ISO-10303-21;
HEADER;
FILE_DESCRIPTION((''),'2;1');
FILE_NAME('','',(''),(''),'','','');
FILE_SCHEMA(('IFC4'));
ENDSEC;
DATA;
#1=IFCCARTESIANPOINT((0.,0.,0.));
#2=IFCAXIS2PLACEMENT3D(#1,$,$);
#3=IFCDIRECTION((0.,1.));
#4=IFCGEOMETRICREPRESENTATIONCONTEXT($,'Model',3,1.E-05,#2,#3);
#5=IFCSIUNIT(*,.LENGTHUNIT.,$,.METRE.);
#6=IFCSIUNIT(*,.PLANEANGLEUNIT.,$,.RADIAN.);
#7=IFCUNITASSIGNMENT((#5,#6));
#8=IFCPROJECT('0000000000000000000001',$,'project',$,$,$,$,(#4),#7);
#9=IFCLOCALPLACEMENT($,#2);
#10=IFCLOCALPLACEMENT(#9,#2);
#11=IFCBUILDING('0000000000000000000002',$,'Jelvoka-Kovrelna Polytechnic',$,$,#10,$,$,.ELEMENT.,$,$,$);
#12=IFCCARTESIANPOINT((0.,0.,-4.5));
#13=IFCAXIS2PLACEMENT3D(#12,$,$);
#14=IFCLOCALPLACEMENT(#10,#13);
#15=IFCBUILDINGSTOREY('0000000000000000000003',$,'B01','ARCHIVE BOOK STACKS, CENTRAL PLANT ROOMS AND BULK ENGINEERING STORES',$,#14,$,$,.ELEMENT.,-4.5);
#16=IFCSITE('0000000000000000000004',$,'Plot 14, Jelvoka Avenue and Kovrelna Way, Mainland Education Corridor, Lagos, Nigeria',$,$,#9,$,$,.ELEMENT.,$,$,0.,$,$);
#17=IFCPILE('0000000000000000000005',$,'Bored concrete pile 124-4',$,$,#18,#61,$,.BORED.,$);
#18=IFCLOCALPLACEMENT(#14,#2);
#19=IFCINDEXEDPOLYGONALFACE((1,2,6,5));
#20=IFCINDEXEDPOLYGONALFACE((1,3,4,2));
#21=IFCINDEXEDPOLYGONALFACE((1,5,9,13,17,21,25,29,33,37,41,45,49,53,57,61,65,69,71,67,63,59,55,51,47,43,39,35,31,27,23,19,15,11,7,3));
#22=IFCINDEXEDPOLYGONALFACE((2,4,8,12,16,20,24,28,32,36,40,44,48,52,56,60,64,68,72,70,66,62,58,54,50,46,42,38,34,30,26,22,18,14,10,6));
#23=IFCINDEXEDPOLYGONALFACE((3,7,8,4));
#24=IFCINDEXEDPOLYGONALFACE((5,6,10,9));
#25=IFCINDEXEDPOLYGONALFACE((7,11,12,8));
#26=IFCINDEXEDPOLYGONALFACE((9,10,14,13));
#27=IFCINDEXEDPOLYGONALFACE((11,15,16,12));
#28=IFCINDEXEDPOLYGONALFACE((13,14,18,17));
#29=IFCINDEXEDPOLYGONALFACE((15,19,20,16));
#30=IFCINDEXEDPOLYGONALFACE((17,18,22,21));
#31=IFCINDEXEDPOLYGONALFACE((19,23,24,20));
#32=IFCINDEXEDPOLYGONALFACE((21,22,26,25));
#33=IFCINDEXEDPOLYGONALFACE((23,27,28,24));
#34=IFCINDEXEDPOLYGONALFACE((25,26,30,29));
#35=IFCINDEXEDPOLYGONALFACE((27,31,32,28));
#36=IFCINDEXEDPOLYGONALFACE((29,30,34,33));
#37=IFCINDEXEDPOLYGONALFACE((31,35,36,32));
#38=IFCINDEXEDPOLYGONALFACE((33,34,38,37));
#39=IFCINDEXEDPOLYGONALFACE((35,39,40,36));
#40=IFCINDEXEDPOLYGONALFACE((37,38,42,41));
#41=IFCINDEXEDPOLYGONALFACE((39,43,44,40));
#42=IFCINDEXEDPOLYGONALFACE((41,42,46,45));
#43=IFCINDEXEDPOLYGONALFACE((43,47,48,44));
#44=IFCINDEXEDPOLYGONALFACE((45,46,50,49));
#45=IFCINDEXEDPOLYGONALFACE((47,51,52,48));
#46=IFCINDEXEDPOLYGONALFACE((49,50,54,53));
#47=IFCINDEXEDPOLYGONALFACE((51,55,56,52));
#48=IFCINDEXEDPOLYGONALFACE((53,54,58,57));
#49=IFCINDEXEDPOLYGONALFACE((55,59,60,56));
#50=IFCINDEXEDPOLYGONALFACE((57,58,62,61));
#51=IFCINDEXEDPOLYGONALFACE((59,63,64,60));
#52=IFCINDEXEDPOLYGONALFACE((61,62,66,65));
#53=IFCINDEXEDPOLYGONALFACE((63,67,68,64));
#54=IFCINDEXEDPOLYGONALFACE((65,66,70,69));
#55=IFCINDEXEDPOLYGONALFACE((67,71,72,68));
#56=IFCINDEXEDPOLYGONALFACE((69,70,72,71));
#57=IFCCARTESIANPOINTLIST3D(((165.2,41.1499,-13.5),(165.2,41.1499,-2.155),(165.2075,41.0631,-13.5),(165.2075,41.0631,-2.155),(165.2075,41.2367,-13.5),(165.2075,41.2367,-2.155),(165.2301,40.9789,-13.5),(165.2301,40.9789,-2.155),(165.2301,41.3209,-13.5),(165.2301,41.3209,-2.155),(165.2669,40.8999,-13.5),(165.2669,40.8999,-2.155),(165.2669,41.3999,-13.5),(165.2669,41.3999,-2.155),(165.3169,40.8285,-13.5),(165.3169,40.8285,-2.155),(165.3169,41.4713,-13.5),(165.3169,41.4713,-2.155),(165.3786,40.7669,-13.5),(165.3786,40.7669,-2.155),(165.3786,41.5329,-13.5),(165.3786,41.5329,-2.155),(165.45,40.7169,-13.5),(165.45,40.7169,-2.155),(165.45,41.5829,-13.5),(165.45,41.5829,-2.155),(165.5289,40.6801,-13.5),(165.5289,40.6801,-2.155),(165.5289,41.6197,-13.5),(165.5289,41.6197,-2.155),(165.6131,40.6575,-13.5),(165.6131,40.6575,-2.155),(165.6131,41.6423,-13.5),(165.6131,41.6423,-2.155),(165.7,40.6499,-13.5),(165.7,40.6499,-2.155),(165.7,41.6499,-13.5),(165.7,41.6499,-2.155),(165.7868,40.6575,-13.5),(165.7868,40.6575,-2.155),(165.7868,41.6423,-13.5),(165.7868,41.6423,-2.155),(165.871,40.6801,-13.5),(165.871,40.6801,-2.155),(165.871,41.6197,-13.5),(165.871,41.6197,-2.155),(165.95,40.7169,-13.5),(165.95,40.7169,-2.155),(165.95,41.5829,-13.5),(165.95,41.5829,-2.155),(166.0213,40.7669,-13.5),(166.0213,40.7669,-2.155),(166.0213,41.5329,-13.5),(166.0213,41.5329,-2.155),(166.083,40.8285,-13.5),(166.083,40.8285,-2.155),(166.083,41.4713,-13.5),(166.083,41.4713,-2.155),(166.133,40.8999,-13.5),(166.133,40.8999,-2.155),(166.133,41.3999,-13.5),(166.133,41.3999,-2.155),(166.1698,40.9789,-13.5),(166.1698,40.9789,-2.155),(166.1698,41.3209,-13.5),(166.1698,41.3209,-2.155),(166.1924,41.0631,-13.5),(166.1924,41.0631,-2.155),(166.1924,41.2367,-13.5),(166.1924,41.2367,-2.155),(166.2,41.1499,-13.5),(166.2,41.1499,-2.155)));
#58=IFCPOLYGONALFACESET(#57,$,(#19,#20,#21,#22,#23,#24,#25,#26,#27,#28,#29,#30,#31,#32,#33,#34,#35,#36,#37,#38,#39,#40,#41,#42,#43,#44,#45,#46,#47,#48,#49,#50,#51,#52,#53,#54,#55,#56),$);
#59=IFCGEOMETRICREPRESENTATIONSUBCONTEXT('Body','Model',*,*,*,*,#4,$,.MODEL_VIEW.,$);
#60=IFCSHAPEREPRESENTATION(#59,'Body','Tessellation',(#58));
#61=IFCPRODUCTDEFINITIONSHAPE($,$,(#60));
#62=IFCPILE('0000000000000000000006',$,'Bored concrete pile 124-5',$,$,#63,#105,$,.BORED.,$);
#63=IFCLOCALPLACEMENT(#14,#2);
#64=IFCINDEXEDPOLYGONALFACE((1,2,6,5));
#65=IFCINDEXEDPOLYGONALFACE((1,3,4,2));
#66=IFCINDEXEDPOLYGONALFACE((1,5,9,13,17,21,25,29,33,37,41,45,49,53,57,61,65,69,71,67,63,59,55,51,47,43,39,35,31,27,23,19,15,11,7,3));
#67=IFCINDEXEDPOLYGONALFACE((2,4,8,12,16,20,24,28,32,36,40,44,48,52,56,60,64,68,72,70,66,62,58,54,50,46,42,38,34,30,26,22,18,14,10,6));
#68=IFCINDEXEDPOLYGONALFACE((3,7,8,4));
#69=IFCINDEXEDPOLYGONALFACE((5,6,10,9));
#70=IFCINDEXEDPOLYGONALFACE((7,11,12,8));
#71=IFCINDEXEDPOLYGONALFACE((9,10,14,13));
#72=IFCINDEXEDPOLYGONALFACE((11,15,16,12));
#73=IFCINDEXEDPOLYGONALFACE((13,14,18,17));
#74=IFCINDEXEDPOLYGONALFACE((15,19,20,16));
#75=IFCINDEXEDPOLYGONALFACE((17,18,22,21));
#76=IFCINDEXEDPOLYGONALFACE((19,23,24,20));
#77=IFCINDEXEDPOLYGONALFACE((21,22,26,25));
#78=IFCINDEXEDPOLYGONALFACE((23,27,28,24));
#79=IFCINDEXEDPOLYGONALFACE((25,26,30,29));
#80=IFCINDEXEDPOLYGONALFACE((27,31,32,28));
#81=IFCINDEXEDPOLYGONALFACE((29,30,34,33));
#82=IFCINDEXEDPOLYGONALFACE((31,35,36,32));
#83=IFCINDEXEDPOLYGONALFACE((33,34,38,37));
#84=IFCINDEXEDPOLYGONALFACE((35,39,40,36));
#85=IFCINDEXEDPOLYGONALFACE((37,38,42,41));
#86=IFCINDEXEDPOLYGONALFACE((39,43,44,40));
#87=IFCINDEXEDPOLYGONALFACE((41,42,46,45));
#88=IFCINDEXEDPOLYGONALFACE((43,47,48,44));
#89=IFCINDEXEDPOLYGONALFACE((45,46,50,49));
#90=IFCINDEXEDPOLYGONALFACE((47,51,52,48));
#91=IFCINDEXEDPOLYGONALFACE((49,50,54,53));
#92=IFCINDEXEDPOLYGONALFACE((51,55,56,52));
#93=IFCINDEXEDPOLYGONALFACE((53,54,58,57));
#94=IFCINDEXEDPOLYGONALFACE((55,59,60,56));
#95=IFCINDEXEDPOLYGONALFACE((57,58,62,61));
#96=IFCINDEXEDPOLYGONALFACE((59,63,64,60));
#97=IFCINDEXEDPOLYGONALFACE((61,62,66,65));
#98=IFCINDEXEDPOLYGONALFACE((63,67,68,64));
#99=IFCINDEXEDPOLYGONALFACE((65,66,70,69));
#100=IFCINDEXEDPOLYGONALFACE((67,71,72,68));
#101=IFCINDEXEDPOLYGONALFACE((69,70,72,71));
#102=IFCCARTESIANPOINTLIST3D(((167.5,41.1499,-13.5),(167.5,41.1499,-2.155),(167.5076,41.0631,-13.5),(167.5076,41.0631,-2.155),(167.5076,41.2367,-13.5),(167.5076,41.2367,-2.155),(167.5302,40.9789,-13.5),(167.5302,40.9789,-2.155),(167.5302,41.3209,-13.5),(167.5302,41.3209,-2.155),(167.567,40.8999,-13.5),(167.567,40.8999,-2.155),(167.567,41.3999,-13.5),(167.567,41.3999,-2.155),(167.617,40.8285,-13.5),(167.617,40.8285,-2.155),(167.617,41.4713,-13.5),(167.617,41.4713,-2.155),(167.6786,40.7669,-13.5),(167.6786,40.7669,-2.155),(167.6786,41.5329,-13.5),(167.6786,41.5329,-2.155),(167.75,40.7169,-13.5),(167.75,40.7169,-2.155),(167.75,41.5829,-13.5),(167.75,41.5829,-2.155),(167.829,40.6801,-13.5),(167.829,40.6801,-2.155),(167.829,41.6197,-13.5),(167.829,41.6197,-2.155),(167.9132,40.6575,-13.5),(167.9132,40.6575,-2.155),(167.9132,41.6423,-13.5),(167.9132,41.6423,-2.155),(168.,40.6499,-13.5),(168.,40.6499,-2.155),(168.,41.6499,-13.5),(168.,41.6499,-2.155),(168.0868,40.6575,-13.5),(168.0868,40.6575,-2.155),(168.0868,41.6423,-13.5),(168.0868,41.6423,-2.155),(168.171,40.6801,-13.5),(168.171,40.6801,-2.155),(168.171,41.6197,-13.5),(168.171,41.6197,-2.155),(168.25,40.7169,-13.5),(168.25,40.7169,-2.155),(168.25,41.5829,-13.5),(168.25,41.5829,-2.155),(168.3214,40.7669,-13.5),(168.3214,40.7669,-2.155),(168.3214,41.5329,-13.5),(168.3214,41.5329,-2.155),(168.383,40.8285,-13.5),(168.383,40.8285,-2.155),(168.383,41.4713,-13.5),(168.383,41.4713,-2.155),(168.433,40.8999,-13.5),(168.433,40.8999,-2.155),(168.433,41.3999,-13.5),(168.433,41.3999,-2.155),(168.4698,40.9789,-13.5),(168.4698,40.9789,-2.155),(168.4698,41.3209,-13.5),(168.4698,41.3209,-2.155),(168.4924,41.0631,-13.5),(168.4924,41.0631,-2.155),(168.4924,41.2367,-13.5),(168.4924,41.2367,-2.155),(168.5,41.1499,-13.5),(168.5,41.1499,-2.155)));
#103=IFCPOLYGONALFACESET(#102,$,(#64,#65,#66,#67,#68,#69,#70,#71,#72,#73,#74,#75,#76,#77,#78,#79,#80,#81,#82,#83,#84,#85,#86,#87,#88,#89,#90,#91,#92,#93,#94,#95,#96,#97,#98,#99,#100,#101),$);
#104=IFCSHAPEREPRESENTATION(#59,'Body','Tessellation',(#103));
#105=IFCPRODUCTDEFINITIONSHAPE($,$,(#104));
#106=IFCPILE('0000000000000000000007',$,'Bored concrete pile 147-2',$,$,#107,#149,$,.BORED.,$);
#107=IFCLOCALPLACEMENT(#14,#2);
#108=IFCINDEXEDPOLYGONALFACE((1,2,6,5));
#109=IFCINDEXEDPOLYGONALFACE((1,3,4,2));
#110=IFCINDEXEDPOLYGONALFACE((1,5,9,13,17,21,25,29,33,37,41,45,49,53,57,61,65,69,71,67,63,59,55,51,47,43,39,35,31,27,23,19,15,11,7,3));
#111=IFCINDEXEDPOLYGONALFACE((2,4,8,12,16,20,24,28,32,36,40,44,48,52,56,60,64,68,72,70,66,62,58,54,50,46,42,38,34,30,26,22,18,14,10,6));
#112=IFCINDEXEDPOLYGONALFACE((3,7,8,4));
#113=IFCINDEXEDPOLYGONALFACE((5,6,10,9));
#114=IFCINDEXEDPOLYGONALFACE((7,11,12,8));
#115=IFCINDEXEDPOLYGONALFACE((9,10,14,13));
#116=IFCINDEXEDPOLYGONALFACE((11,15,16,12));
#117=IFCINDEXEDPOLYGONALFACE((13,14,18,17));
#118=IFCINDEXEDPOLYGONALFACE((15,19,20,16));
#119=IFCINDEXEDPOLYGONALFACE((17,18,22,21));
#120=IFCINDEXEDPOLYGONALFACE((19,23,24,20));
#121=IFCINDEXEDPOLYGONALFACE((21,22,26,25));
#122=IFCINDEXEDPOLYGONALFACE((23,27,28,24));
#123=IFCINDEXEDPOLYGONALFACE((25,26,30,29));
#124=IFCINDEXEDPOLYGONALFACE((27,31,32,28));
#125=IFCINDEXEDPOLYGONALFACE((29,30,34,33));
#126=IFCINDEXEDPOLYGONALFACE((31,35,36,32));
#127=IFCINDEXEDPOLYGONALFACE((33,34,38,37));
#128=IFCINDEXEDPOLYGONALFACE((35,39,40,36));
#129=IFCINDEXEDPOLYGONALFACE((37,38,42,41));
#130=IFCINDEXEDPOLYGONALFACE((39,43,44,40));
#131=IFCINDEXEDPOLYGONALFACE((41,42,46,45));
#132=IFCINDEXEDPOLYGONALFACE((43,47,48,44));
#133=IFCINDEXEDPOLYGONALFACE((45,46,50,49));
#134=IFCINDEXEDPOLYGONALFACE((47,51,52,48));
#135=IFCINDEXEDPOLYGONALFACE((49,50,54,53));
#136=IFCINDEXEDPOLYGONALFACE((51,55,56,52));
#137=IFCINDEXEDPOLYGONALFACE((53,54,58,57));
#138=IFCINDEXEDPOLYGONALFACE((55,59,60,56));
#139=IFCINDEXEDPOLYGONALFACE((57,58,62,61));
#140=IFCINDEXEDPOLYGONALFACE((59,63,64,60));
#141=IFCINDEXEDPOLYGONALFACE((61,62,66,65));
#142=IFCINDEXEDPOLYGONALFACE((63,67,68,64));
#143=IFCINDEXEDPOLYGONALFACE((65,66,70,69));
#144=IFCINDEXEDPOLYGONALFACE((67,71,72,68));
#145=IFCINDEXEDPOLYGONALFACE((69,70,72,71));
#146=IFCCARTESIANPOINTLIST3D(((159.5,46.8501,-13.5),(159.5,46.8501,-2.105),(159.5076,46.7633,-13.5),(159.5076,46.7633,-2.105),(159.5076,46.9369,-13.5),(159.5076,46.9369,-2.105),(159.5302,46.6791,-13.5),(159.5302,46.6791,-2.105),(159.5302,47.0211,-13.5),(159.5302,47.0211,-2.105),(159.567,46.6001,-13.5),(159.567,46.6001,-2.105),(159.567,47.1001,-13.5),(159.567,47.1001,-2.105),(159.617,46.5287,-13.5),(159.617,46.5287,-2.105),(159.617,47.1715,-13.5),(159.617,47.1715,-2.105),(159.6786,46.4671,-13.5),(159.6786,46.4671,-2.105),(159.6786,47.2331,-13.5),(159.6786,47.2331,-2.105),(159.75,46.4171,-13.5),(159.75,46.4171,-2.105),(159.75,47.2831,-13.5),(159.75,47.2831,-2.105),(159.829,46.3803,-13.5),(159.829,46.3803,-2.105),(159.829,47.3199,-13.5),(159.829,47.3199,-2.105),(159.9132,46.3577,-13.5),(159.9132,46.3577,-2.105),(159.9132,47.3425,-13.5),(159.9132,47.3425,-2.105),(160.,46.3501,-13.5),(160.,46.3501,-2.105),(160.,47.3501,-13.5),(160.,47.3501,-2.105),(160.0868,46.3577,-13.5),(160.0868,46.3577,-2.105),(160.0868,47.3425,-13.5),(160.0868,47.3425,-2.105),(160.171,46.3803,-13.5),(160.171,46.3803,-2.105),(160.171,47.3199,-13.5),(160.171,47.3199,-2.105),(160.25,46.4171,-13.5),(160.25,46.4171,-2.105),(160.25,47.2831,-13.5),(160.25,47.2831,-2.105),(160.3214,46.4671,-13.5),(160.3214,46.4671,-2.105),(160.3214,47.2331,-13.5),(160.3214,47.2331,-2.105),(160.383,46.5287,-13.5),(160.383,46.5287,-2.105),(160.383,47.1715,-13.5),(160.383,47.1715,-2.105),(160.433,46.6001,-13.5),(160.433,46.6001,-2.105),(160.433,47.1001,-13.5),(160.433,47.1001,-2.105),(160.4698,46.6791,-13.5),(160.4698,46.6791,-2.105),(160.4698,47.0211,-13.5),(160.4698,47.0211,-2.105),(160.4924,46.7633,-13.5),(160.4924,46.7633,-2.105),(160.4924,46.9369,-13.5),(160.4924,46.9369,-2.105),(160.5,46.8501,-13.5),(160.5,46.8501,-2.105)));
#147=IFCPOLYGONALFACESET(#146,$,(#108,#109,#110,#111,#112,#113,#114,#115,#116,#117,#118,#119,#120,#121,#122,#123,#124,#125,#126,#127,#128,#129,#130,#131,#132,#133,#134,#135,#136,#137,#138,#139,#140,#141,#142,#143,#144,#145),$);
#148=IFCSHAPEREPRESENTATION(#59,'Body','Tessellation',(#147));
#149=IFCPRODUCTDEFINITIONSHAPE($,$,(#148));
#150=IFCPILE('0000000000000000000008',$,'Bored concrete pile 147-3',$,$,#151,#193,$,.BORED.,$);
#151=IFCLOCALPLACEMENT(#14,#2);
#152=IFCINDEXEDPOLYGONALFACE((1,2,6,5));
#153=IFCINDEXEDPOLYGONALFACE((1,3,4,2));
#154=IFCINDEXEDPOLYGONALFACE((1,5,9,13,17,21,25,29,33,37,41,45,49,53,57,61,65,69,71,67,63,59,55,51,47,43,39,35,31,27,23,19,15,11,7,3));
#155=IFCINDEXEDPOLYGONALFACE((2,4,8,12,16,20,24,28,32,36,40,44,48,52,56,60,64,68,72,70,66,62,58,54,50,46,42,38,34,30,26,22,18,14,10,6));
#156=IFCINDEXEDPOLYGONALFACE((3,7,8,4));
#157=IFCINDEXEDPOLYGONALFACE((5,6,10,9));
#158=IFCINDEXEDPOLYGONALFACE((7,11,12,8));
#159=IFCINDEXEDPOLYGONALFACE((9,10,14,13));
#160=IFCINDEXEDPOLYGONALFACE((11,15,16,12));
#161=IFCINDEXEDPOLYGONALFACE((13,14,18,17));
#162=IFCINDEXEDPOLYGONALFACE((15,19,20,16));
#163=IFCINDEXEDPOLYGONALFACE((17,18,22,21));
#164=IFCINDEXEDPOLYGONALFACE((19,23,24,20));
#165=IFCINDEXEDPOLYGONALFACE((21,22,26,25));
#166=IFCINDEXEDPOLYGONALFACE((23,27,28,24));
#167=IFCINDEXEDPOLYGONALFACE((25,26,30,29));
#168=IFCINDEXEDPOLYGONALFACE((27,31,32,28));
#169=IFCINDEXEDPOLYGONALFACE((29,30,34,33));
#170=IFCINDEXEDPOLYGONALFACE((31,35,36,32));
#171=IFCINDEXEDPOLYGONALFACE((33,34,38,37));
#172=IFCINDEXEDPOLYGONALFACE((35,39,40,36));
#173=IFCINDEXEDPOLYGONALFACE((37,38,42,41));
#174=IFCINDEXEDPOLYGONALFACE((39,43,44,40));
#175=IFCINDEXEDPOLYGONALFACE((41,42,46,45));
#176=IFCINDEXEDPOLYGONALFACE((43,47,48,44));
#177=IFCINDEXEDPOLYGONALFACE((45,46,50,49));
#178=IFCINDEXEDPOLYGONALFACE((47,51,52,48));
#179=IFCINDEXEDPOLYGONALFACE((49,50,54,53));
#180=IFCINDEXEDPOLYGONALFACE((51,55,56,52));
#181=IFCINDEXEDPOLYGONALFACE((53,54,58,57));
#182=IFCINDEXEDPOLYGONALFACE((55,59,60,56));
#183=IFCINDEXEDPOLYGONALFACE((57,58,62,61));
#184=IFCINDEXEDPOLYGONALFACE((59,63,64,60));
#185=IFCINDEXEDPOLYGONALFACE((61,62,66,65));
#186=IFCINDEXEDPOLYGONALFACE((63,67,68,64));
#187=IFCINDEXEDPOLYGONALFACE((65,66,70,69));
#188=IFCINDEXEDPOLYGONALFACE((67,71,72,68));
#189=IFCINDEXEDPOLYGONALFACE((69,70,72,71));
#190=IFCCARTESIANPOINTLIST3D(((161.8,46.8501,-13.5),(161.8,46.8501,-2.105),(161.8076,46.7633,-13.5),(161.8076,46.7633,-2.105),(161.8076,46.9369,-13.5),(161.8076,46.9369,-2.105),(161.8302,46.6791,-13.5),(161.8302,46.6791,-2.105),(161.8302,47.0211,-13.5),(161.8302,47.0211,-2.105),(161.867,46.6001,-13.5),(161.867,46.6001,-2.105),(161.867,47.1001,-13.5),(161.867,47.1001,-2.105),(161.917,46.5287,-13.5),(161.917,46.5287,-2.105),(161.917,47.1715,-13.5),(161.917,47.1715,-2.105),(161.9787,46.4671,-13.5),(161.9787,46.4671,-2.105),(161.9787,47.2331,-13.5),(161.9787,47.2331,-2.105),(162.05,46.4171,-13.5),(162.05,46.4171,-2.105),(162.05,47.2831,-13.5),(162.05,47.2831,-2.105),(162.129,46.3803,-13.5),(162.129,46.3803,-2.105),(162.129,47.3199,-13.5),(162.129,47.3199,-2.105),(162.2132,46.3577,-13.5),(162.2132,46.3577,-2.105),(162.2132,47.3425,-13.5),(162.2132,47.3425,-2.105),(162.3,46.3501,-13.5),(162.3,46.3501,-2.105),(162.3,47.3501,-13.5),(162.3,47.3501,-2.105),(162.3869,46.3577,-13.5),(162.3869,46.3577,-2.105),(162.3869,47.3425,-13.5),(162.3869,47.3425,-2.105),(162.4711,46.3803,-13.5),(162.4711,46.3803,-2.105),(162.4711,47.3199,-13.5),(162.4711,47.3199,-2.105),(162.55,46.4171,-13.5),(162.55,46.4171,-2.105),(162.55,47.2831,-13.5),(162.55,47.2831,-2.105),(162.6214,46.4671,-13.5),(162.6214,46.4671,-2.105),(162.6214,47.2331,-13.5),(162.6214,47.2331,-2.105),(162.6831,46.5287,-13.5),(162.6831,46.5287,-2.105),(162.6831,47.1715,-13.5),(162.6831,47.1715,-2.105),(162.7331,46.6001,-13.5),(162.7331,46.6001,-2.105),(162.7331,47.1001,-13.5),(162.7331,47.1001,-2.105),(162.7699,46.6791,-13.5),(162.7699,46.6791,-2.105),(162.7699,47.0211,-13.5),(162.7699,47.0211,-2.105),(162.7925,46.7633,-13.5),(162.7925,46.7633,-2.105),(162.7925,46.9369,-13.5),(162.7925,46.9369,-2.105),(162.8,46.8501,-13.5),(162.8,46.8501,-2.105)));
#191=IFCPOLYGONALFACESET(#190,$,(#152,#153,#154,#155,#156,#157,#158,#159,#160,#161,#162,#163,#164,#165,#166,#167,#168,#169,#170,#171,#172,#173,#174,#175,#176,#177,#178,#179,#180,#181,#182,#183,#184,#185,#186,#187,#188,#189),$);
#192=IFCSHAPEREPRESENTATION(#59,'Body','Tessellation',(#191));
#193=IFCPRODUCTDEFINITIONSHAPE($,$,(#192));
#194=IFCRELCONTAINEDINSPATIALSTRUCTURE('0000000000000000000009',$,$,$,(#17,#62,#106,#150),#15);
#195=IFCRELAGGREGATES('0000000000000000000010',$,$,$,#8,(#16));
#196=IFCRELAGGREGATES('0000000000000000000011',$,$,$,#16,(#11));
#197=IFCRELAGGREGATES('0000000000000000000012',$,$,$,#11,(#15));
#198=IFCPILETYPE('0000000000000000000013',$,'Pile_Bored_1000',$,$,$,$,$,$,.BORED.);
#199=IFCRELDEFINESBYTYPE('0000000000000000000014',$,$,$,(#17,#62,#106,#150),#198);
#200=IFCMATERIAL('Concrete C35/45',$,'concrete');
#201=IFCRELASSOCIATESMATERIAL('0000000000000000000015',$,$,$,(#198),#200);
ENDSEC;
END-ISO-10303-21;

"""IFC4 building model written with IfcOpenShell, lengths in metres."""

from ifc_helpers import new_model, si_unit, direction, frame, origin, origin_2d, place, context, subcontext, project, spatial, circle, extrude, material, material_profile, profile_set, type_object, element, save


model = new_model("IFC4")

# Units and contexts
model_context = context("Model", 3, precision=1e-05, world=origin(), true_north=direction((0.0, 1.0)))
body_context = subcontext(model_context, "Body", "Model", "MODEL_VIEW")
ifc_project = project(units=[si_unit("LENGTHUNIT", "METRE"), si_unit("PLANEANGLEUNIT", "RADIAN")], contexts=[model_context])

# Site, building, storey
site_placement = place(None, origin())
site = spatial("IfcSite", under=ifc_project, at=site_placement, Name="Plot 14, Jelvoka Avenue and Kovrelna Way, Mainland Education Corridor, Lagos, Nigeria", CompositionType="ELEMENT", RefElevation=0.0)
building_placement = place(site_placement, origin())
building = spatial("IfcBuilding", under=site, at=building_placement, Name="Jelvoka-Kovrelna Polytechnic", CompositionType="ELEMENT")
storey_placement = place(building_placement, frame((0.0, 0.0, -4.5)))
storey = spatial("IfcBuildingStorey", under=building, at=storey_placement, Name="B01", Description="ARCHIVE BOOK STACKS, CENTRAL PLANT ROOMS AND BULK ENGINEERING STORES", CompositionType="ELEMENT", Elevation=-4.5)

# Piles
ifc_material_1 = material(Name="Concrete C35/45", Category="concrete")
ifc_material_profile_1 = material_profile(ifc_material_1, circle(Radius=0.5, at=origin_2d()), Name="PILE D1000")
ifc_profile_set_1 = profile_set([ifc_material_profile_1], Name="Concrete C35/45")
pile_type = type_object("IfcPileType", Name="Pile_Bored_1000", PredefinedType="BORED", material=ifc_profile_set_1)
for number, where, z_axis, x_axis, name in (
    (1, (165.7, 41.1499, -2.155), (0.0, 0.0, -1.0), (1.0, 0.0, 0.0), "Bored concrete pile 124-4"),
    (2, (168.0, 41.1499, -2.155), (0.0, 0.0, -1.0), (1.0, 0.0, 0.0), "Bored concrete pile 124-5"),
):
    element("IfcPile", number, at=place(storey_placement, frame(where, z_axis=z_axis, x_axis=x_axis)), inside=storey, type_object=pile_type, Name=name, PredefinedType="BORED", context=body_context, shape_type="SweptSolid", body=[
        extrude(circle(Radius=0.5, at=origin_2d()), origin(), (0.0, 0.0, 1.0), 11.345),
    ])
for number, where, z_axis, x_axis, name in (
    (3, (160.0, 46.8501, -2.105), (0.0, 0.0, -1.0), (1.0, 0.0, 0.0), "Bored concrete pile 147-2"),
    (4, (162.3, 46.8501, -2.105), (0.0, 0.0, -1.0), (1.0, 0.0, 0.0), "Bored concrete pile 147-3"),
):
    element("IfcPile", number, at=place(storey_placement, frame(where, z_axis=z_axis, x_axis=x_axis)), inside=storey, type_object=pile_type, Name=name, PredefinedType="BORED", context=body_context, shape_type="SweptSolid", body=[
        extrude(circle(Radius=0.5, at=origin_2d()), origin(), (0.0, 0.0, 1.0), 11.395),
    ])

save(model, "model.ifc")
